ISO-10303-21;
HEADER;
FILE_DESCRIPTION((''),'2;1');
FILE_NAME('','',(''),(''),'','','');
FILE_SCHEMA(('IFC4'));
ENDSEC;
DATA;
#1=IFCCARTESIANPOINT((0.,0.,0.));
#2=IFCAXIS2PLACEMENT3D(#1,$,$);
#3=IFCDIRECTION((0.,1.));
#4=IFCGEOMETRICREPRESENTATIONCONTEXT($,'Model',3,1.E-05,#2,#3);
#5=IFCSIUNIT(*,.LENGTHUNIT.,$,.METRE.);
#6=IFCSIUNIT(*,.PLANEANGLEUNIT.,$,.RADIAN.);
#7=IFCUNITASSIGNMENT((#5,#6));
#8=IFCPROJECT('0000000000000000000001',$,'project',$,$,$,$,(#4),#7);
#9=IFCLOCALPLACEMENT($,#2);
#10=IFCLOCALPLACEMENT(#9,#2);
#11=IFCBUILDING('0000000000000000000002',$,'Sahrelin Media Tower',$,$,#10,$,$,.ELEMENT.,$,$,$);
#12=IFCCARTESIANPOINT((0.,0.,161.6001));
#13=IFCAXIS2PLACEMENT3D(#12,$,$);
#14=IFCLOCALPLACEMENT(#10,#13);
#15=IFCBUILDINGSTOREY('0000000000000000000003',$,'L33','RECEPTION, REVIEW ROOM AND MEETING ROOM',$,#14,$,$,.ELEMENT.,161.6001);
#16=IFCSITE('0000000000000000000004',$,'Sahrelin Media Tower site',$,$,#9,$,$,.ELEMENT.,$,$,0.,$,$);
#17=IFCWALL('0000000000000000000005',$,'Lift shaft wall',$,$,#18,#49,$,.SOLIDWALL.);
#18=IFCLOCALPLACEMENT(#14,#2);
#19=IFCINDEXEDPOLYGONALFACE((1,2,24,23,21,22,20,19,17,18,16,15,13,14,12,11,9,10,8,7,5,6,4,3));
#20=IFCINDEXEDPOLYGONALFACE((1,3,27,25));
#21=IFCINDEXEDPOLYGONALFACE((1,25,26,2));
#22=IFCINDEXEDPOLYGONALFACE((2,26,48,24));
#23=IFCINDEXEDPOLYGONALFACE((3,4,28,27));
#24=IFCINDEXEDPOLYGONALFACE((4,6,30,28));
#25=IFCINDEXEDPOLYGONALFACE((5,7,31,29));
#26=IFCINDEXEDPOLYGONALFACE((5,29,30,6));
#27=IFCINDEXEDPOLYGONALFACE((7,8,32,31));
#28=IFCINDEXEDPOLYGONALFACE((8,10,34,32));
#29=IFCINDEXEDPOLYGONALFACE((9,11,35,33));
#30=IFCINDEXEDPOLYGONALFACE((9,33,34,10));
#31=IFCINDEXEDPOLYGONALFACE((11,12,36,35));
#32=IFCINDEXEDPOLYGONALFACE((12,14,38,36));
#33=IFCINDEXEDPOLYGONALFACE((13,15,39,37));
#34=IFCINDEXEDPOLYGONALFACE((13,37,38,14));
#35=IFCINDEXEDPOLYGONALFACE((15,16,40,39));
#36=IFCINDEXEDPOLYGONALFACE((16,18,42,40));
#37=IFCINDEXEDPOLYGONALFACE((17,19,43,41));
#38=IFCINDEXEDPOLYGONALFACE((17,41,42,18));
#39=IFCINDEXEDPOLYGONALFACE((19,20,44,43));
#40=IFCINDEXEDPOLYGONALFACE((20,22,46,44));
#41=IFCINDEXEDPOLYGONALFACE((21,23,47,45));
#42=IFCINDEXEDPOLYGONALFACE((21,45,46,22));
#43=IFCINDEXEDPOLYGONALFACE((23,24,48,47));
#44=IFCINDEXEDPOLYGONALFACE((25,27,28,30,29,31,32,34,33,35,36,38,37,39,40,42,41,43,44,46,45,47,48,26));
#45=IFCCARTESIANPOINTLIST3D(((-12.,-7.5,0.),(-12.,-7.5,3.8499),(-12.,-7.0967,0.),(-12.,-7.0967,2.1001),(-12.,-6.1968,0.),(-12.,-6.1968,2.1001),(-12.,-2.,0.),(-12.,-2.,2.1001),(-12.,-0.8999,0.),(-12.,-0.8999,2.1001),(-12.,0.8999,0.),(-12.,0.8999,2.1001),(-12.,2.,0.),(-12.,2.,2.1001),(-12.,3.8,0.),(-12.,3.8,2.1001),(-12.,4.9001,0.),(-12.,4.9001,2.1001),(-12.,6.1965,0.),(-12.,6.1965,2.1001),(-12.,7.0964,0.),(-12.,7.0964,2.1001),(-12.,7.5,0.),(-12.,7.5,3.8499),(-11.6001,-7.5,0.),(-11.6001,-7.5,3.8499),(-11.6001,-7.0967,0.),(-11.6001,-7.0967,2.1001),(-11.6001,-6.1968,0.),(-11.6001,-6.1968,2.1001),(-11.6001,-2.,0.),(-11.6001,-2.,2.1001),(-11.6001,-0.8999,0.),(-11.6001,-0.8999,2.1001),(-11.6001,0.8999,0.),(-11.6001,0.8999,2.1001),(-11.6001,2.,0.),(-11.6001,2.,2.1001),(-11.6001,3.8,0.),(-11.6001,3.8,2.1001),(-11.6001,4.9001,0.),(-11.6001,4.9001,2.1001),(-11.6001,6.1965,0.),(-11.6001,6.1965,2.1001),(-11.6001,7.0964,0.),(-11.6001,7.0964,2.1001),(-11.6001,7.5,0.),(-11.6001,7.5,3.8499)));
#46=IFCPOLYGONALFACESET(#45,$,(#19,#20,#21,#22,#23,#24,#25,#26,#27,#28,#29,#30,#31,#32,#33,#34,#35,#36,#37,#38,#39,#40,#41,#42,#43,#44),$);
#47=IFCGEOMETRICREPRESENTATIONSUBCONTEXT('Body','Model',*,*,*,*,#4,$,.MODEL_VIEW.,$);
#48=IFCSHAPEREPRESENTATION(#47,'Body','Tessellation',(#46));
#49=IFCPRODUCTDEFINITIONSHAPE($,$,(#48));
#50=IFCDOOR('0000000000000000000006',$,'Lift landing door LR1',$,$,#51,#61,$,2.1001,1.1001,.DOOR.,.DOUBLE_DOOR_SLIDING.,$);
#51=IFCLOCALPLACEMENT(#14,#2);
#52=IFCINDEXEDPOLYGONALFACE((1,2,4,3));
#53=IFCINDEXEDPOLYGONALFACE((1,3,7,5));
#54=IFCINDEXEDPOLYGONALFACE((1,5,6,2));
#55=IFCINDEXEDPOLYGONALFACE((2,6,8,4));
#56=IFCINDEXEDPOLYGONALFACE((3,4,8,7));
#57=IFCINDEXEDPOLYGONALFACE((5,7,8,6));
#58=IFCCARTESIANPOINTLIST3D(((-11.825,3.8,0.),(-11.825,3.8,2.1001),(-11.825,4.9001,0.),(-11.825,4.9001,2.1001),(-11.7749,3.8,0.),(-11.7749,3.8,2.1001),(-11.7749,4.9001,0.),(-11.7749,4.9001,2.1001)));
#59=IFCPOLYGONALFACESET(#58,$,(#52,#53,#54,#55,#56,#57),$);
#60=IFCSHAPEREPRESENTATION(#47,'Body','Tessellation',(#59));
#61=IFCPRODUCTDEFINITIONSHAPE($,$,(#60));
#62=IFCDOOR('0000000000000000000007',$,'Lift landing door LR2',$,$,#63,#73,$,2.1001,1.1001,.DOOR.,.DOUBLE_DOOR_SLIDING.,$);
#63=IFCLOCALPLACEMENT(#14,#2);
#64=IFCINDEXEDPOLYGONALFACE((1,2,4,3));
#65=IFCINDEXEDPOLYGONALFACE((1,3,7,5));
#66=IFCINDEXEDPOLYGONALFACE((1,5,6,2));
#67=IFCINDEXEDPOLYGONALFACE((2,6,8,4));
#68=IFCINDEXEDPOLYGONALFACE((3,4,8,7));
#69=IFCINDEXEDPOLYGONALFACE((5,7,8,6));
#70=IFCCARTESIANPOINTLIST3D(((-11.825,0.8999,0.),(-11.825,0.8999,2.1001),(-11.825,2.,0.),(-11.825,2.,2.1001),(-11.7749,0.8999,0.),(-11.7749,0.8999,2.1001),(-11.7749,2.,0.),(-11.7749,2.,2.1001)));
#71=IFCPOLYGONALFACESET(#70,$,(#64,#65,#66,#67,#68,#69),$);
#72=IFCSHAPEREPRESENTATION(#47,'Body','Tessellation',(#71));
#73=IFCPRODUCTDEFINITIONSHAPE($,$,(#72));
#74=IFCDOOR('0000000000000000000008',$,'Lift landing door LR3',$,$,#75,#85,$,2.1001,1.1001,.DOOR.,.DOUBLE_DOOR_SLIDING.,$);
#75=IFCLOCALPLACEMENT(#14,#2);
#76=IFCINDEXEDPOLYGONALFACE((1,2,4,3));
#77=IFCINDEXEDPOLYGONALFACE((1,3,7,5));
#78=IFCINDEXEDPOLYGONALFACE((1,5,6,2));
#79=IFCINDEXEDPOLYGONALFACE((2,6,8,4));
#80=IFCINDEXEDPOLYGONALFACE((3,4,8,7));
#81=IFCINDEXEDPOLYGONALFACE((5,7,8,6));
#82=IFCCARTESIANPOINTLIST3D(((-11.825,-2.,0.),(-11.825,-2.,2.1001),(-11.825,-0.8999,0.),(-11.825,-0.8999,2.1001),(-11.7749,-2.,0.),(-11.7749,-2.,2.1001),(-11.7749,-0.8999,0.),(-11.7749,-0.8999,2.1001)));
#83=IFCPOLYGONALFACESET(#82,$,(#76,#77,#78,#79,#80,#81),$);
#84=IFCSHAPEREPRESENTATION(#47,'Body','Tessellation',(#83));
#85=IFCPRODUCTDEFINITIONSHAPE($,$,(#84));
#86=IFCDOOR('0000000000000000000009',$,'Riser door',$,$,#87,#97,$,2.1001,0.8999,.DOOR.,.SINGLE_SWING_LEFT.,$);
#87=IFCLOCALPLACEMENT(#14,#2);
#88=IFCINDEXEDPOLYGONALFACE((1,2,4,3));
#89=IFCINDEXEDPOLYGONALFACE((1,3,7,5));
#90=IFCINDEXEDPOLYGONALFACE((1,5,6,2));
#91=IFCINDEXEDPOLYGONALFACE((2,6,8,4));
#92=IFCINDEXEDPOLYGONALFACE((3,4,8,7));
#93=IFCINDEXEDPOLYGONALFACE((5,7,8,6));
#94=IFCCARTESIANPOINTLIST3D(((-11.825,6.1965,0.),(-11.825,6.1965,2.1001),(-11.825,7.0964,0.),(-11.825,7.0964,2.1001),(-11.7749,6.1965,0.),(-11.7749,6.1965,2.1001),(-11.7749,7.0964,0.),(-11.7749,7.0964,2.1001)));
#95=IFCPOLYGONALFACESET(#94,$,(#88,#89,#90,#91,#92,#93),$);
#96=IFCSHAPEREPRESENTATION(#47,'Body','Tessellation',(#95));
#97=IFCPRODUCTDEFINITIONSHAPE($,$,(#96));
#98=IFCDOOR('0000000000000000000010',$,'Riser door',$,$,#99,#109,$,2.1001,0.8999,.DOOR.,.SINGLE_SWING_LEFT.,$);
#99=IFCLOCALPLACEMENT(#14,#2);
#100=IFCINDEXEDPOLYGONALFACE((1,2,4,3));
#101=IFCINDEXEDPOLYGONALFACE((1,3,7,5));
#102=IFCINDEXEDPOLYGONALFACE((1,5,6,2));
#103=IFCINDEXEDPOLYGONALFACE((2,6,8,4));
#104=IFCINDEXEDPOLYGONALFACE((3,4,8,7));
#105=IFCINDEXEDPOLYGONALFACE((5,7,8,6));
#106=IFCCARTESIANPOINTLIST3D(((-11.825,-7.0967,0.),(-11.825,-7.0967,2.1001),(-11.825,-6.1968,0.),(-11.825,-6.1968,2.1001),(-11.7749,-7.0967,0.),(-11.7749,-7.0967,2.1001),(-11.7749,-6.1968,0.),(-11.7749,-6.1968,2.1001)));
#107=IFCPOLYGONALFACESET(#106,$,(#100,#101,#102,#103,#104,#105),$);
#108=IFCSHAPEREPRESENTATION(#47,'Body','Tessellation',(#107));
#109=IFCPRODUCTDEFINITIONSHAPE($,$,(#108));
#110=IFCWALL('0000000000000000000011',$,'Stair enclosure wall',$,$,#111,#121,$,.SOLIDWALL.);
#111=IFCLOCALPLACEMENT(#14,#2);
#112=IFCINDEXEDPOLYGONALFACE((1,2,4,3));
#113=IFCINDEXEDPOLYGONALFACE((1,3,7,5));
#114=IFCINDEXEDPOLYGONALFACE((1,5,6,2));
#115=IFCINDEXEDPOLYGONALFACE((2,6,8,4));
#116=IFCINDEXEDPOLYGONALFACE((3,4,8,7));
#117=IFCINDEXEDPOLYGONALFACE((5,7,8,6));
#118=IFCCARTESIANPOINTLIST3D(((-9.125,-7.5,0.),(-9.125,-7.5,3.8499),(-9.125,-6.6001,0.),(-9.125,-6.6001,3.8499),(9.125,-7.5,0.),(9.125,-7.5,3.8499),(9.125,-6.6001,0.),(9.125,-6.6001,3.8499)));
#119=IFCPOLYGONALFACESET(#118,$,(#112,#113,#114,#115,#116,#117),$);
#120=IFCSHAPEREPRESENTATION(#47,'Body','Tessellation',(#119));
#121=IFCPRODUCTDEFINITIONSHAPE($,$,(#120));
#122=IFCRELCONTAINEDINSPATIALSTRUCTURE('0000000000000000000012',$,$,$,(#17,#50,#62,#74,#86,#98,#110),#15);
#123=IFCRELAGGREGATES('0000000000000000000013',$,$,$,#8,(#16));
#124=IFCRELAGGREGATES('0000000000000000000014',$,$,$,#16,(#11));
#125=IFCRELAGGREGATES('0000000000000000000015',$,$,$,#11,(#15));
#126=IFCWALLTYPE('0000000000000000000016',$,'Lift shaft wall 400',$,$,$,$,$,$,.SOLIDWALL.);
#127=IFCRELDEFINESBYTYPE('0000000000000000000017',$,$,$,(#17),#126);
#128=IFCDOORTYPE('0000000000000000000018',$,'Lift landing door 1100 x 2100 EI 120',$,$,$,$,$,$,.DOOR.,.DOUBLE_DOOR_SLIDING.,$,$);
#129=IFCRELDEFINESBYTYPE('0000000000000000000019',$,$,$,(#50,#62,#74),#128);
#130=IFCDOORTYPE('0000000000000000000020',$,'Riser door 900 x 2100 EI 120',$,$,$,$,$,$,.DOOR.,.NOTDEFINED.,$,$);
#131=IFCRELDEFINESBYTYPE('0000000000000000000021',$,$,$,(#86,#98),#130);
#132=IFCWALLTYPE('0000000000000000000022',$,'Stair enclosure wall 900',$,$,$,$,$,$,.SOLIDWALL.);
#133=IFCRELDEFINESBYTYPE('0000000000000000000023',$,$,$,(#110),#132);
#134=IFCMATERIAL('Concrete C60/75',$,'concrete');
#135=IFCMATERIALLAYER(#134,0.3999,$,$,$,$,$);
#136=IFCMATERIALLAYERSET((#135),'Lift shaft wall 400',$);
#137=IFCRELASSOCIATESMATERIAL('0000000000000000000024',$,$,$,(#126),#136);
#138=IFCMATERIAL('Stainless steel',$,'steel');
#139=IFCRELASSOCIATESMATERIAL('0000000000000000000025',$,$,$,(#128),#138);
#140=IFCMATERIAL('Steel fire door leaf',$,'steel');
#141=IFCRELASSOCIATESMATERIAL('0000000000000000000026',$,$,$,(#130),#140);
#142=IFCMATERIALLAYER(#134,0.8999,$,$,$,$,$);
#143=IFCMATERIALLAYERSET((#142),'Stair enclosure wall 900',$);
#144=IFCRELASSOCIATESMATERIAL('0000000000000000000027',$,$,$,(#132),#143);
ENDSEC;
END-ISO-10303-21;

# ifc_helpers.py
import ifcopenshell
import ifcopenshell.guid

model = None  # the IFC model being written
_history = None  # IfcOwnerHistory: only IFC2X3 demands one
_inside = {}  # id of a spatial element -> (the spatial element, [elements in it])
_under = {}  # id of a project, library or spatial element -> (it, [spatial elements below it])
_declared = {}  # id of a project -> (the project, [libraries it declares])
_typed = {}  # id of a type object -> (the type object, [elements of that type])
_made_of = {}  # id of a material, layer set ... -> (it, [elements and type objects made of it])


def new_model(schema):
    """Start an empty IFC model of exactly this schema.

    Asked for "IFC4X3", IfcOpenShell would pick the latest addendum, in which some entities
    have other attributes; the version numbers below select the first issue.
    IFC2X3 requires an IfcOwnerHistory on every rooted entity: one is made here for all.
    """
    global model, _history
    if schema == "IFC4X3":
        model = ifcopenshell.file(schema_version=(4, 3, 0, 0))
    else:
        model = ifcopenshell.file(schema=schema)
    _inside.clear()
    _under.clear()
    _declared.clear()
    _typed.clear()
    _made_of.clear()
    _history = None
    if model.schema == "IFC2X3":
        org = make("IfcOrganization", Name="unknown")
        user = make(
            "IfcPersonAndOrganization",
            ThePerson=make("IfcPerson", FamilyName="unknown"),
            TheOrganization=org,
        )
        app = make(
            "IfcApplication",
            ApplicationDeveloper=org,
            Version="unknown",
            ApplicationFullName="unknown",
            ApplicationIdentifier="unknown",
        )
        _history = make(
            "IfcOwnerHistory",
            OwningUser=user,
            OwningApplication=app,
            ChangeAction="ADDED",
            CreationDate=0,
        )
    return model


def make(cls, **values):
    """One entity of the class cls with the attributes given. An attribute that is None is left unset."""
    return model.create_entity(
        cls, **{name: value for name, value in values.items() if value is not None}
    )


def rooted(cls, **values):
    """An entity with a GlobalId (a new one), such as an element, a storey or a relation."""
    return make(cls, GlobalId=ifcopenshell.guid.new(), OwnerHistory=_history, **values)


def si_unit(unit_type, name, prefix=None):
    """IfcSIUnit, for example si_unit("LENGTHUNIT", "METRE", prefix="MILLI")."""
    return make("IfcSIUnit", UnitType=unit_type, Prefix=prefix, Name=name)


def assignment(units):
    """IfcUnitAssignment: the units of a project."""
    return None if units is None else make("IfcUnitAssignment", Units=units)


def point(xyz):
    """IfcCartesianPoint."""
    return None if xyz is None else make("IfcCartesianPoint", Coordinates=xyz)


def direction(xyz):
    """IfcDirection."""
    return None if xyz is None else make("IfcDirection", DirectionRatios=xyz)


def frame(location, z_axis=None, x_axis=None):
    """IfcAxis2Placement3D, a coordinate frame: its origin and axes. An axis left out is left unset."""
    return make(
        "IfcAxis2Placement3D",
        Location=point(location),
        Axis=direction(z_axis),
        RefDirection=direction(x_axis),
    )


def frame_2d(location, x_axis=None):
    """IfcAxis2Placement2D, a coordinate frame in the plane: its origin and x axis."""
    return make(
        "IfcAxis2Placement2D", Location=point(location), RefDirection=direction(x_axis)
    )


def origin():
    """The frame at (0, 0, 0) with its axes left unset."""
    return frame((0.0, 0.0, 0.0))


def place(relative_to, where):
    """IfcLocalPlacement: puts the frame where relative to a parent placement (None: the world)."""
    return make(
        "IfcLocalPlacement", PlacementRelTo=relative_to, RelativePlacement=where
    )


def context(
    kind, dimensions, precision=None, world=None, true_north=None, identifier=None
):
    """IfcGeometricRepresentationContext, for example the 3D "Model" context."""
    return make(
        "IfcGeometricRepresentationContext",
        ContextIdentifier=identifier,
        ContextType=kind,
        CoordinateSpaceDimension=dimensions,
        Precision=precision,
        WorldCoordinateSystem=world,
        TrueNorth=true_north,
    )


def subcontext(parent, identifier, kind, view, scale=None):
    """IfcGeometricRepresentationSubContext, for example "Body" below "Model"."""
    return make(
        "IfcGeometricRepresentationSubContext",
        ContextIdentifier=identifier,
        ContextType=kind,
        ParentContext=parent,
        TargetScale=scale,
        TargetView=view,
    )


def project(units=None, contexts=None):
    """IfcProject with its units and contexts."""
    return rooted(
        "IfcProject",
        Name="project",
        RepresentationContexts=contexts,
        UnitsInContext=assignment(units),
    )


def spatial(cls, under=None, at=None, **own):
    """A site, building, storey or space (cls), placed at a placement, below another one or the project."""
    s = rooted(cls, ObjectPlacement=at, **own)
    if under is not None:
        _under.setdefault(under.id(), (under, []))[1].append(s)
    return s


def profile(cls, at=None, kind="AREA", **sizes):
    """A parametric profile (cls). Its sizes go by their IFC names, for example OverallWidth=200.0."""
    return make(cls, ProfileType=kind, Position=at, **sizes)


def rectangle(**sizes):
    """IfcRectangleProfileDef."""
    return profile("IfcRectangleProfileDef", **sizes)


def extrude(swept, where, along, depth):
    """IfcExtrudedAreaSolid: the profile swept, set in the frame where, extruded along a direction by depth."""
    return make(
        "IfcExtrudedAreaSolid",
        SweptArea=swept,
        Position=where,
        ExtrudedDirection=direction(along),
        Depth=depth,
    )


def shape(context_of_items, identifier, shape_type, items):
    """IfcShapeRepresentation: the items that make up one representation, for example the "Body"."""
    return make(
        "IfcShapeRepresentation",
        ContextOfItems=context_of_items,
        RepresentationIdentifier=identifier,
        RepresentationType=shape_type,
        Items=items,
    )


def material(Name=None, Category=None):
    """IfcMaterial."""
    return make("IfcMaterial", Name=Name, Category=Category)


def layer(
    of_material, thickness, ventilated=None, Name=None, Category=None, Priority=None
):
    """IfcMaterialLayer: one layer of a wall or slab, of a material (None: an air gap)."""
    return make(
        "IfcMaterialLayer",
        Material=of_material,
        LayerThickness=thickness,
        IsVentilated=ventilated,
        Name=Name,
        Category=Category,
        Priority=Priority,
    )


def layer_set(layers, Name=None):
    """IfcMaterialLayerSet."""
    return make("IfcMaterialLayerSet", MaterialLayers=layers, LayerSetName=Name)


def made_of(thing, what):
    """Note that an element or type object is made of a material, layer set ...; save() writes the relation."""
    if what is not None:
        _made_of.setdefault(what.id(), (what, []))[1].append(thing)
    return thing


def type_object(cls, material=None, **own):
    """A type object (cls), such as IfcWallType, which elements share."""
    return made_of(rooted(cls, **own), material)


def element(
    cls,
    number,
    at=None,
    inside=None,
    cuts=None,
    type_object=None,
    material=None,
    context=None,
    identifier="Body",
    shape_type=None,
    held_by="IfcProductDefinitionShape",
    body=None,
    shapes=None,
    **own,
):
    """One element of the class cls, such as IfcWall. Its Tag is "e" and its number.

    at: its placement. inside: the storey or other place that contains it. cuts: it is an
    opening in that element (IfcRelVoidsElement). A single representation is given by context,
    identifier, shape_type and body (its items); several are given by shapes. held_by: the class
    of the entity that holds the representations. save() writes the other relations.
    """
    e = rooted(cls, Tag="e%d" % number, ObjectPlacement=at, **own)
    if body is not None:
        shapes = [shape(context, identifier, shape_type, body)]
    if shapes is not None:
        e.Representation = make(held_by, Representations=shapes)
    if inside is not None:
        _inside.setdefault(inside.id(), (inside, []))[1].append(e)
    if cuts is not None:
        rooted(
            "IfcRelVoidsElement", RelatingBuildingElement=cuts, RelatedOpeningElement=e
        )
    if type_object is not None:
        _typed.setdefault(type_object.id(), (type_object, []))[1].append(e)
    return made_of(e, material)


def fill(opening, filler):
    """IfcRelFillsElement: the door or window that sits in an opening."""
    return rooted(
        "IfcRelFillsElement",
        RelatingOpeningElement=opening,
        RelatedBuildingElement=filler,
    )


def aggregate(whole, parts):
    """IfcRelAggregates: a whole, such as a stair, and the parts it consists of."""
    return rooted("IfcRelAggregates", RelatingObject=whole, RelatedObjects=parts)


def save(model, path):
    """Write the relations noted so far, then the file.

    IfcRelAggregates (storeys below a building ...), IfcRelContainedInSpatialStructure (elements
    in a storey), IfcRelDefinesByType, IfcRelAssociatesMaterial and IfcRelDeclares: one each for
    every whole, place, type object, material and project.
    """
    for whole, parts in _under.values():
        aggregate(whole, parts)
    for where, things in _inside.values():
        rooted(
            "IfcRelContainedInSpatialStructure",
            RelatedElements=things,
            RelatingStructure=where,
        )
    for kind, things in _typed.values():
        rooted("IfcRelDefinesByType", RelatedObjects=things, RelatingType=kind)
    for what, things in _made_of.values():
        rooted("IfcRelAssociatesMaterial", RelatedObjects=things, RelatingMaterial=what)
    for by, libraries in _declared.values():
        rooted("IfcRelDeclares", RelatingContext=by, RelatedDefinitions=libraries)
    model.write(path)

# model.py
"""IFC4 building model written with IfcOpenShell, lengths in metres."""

from ifc_helpers import new_model, si_unit, direction, frame, frame_2d, origin, place, context, subcontext, project, spatial, rectangle, extrude, material, layer, layer_set, type_object, element, fill, save


model = new_model("IFC4")

# Units and contexts
model_context = context("Model", 3, precision=1e-05, world=origin(), true_north=direction((0.0, 1.0)))
body_context = subcontext(model_context, "Body", "Model", "MODEL_VIEW")
ifc_project = project(units=[si_unit("LENGTHUNIT", "METRE"), si_unit("PLANEANGLEUNIT", "RADIAN")], contexts=[model_context])

# Site, building, storey
site_placement = place(None, origin())
site = spatial("IfcSite", under=ifc_project, at=site_placement, Name="Sahrelin Media Tower site", CompositionType="ELEMENT", RefElevation=0.0)
building_placement = place(site_placement, origin())
building = spatial("IfcBuilding", under=site, at=building_placement, Name="Sahrelin Media Tower", CompositionType="ELEMENT")
storey_placement = place(building_placement, frame((0.0, 0.0, 161.6001)))
storey = spatial("IfcBuildingStorey", under=building, at=storey_placement, Name="L33", Description="RECEPTION, REVIEW ROOM AND MEETING ROOM", CompositionType="ELEMENT", Elevation=161.6001)

# Shared definitions
ifc_material_1 = material(Name="Concrete C60/75", Category="concrete")
ifc_material_2 = material(Name="Steel fire door leaf", Category="steel")

# Wall, openings, doors
ifc_layer_1 = layer(ifc_material_1, 0.3999)
ifc_layer_set_1 = layer_set([ifc_layer_1], Name="Lift shaft wall 400")
wall_type_1 = type_object("IfcWallType", Name="Lift shaft wall 400", PredefinedType="SOLIDWALL", material=ifc_layer_set_1)
wall_1_placement = place(storey_placement, frame((-11.8, -7.5, 0.0), z_axis=(0.0, 0.0, 1.0), x_axis=(0.0, 1.0, 0.0)))
wall_1 = element("IfcWall", 1, at=wall_1_placement, inside=storey, type_object=wall_type_1, Name="Lift shaft wall", PredefinedType="SOLIDWALL", context=body_context, shape_type="SweptSolid", body=[
    extrude(rectangle(XDim=15.0, YDim=0.3999, at=frame_2d((7.5, 0.0))), origin(), (0.0, 0.0, 1.0), 3.8499),
])
opening_1_placement = place(wall_1_placement, frame((11.3, 0.0, 0.0)))
opening_1 = element("IfcOpeningElement", 2, at=opening_1_placement, cuts=wall_1, PredefinedType="OPENING", context=body_context, shape_type="SweptSolid", body=[
    extrude(rectangle(XDim=1.1001, YDim=2.1001, at=frame_2d((0.55, 1.05))), frame((0.0, 0.2, 0.0), z_axis=(0.0, -1.0, 0.0), x_axis=(1.0, 0.0, 0.0)), (0.0, 0.0, 1.0), 0.3999),
])
opening_2_placement = place(wall_1_placement, frame((8.3999, 0.0, 0.0)))
opening_2 = element("IfcOpeningElement", 3, at=opening_2_placement, cuts=wall_1, PredefinedType="OPENING", context=body_context, shape_type="SweptSolid", body=[
    extrude(rectangle(XDim=1.1001, YDim=2.1001, at=frame_2d((0.55, 1.05))), frame((0.0, 0.2, 0.0), z_axis=(0.0, -1.0, 0.0), x_axis=(1.0, 0.0, 0.0)), (0.0, 0.0, 1.0), 0.3999),
])
opening_3_placement = place(wall_1_placement, frame((5.5, 0.0, 0.0)))
opening_3 = element("IfcOpeningElement", 4, at=opening_3_placement, cuts=wall_1, PredefinedType="OPENING", context=body_context, shape_type="SweptSolid", body=[
    extrude(rectangle(XDim=1.1001, YDim=2.1001, at=frame_2d((0.55, 1.05))), frame((0.0, 0.2, 0.0), z_axis=(0.0, -1.0, 0.0), x_axis=(1.0, 0.0, 0.0)), (0.0, 0.0, 1.0), 0.3999),
])
opening_4_placement = place(wall_1_placement, frame((13.6965, 0.0, 0.0)))
opening_4 = element("IfcOpeningElement", 5, at=opening_4_placement, cuts=wall_1, PredefinedType="OPENING", context=body_context, shape_type="SweptSolid", body=[
    extrude(rectangle(XDim=0.8999, YDim=2.1001, at=frame_2d((0.45, 1.05))), frame((0.0, 0.2, 0.0), z_axis=(0.0, -1.0, 0.0), x_axis=(1.0, 0.0, 0.0)), (0.0, 0.0, 1.0), 0.3999),
])
opening_5_placement = place(wall_1_placement, frame((0.4033, 0.0, 0.0)))
opening_5 = element("IfcOpeningElement", 6, at=opening_5_placement, cuts=wall_1, PredefinedType="OPENING", context=body_context, shape_type="SweptSolid", body=[
    extrude(rectangle(XDim=0.8999, YDim=2.1001, at=frame_2d((0.45, 1.05))), frame((0.0, 0.2, 0.0), z_axis=(0.0, -1.0, 0.0), x_axis=(1.0, 0.0, 0.0)), (0.0, 0.0, 1.0), 0.3999),
])
ifc_material_3 = material(Name="Stainless steel", Category="steel")
door_type_1 = type_object("IfcDoorType", Name="Lift landing door 1100 x 2100 EI 120", OperationType="DOUBLE_DOOR_SLIDING", PredefinedType="DOOR", material=ifc_material_3)
door_1_placement = place(opening_1_placement, origin())
door_1 = element("IfcDoor", 7, at=door_1_placement, inside=storey, type_object=door_type_1, Name="Lift landing door LR1", OperationType="DOUBLE_DOOR_SLIDING", OverallHeight=2.1001, OverallWidth=1.1001, PredefinedType="DOOR", context=body_context, shape_type="SweptSolid", body=[
    extrude(rectangle(XDim=1.1001, YDim=2.1001, at=frame_2d((0.55, 1.05))), frame((0.0, 0.0249, 0.0), z_axis=(0.0, -1.0, 0.0), x_axis=(1.0, 0.0, 0.0)), (0.0, 0.0, 1.0), 0.05),
])
fill(opening_1, door_1)
door_2_placement = place(opening_2_placement, origin())
door_2 = element("IfcDoor", 8, at=door_2_placement, inside=storey, type_object=door_type_1, Name="Lift landing door LR2", OperationType="DOUBLE_DOOR_SLIDING", OverallHeight=2.1001, OverallWidth=1.1001, PredefinedType="DOOR", context=body_context, shape_type="SweptSolid", body=[
    extrude(rectangle(XDim=1.1001, YDim=2.1001, at=frame_2d((0.55, 1.05))), frame((0.0, 0.0249, 0.0), z_axis=(0.0, -1.0, 0.0), x_axis=(1.0, 0.0, 0.0)), (0.0, 0.0, 1.0), 0.05),
])
fill(opening_2, door_2)
door_3_placement = place(opening_3_placement, origin())
door_3 = element("IfcDoor", 9, at=door_3_placement, inside=storey, type_object=door_type_1, Name="Lift landing door LR3", OperationType="DOUBLE_DOOR_SLIDING", OverallHeight=2.1001, OverallWidth=1.1001, PredefinedType="DOOR", context=body_context, shape_type="SweptSolid", body=[
    extrude(rectangle(XDim=1.1001, YDim=2.1001, at=frame_2d((0.55, 1.05))), frame((0.0, 0.0249, 0.0), z_axis=(0.0, -1.0, 0.0), x_axis=(1.0, 0.0, 0.0)), (0.0, 0.0, 1.0), 0.05),
])
fill(opening_3, door_3)
door_type_2 = type_object("IfcDoorType", Name="Riser door 900 x 2100 EI 120", OperationType="NOTDEFINED", PredefinedType="DOOR", material=ifc_material_2)
door_4_placement = place(opening_4_placement, origin())
door_4 = element("IfcDoor", 10, at=door_4_placement, inside=storey, type_object=door_type_2, Name="Riser door", OperationType="SINGLE_SWING_LEFT", OverallHeight=2.1001, OverallWidth=0.8999, PredefinedType="DOOR", context=body_context, shape_type="SweptSolid", body=[
    extrude(rectangle(XDim=0.8999, YDim=2.1001, at=frame_2d((0.45, 1.05))), frame((0.0, 0.0249, 0.0), z_axis=(0.0, -1.0, 0.0), x_axis=(1.0, 0.0, 0.0)), (0.0, 0.0, 1.0), 0.05),
])
fill(opening_4, door_4)
door_5_placement = place(opening_5_placement, origin())
door_5 = element("IfcDoor", 11, at=door_5_placement, inside=storey, type_object=door_type_2, Name="Riser door", OperationType="SINGLE_SWING_LEFT", OverallHeight=2.1001, OverallWidth=0.8999, PredefinedType="DOOR", context=body_context, shape_type="SweptSolid", body=[
    extrude(rectangle(XDim=0.8999, YDim=2.1001, at=frame_2d((0.45, 1.05))), frame((0.0, 0.0249, 0.0), z_axis=(0.0, -1.0, 0.0), x_axis=(1.0, 0.0, 0.0)), (0.0, 0.0, 1.0), 0.05),
])
fill(opening_5, door_5)

# Wall
ifc_layer_2 = layer(ifc_material_1, 0.8999)
ifc_layer_set_2 = layer_set([ifc_layer_2], Name="Stair enclosure wall 900")
wall_type_2 = type_object("IfcWallType", Name="Stair enclosure wall 900", PredefinedType="SOLIDWALL", material=ifc_layer_set_2)
wall_2_placement = place(storey_placement, frame((-9.125, -7.05, 0.0), z_axis=(0.0, 0.0, 1.0), x_axis=(1.0, 0.0, 0.0)))
element("IfcWall", 12, at=wall_2_placement, inside=storey, type_object=wall_type_2, Name="Stair enclosure wall", PredefinedType="SOLIDWALL", context=body_context, shape_type="SweptSolid", body=[
    extrude(rectangle(XDim=18.25, YDim=0.8999, at=frame_2d((9.125, 0.0))), origin(), (0.0, 0.0, 1.0), 3.8499),
])

save(model, "model.ifc")
